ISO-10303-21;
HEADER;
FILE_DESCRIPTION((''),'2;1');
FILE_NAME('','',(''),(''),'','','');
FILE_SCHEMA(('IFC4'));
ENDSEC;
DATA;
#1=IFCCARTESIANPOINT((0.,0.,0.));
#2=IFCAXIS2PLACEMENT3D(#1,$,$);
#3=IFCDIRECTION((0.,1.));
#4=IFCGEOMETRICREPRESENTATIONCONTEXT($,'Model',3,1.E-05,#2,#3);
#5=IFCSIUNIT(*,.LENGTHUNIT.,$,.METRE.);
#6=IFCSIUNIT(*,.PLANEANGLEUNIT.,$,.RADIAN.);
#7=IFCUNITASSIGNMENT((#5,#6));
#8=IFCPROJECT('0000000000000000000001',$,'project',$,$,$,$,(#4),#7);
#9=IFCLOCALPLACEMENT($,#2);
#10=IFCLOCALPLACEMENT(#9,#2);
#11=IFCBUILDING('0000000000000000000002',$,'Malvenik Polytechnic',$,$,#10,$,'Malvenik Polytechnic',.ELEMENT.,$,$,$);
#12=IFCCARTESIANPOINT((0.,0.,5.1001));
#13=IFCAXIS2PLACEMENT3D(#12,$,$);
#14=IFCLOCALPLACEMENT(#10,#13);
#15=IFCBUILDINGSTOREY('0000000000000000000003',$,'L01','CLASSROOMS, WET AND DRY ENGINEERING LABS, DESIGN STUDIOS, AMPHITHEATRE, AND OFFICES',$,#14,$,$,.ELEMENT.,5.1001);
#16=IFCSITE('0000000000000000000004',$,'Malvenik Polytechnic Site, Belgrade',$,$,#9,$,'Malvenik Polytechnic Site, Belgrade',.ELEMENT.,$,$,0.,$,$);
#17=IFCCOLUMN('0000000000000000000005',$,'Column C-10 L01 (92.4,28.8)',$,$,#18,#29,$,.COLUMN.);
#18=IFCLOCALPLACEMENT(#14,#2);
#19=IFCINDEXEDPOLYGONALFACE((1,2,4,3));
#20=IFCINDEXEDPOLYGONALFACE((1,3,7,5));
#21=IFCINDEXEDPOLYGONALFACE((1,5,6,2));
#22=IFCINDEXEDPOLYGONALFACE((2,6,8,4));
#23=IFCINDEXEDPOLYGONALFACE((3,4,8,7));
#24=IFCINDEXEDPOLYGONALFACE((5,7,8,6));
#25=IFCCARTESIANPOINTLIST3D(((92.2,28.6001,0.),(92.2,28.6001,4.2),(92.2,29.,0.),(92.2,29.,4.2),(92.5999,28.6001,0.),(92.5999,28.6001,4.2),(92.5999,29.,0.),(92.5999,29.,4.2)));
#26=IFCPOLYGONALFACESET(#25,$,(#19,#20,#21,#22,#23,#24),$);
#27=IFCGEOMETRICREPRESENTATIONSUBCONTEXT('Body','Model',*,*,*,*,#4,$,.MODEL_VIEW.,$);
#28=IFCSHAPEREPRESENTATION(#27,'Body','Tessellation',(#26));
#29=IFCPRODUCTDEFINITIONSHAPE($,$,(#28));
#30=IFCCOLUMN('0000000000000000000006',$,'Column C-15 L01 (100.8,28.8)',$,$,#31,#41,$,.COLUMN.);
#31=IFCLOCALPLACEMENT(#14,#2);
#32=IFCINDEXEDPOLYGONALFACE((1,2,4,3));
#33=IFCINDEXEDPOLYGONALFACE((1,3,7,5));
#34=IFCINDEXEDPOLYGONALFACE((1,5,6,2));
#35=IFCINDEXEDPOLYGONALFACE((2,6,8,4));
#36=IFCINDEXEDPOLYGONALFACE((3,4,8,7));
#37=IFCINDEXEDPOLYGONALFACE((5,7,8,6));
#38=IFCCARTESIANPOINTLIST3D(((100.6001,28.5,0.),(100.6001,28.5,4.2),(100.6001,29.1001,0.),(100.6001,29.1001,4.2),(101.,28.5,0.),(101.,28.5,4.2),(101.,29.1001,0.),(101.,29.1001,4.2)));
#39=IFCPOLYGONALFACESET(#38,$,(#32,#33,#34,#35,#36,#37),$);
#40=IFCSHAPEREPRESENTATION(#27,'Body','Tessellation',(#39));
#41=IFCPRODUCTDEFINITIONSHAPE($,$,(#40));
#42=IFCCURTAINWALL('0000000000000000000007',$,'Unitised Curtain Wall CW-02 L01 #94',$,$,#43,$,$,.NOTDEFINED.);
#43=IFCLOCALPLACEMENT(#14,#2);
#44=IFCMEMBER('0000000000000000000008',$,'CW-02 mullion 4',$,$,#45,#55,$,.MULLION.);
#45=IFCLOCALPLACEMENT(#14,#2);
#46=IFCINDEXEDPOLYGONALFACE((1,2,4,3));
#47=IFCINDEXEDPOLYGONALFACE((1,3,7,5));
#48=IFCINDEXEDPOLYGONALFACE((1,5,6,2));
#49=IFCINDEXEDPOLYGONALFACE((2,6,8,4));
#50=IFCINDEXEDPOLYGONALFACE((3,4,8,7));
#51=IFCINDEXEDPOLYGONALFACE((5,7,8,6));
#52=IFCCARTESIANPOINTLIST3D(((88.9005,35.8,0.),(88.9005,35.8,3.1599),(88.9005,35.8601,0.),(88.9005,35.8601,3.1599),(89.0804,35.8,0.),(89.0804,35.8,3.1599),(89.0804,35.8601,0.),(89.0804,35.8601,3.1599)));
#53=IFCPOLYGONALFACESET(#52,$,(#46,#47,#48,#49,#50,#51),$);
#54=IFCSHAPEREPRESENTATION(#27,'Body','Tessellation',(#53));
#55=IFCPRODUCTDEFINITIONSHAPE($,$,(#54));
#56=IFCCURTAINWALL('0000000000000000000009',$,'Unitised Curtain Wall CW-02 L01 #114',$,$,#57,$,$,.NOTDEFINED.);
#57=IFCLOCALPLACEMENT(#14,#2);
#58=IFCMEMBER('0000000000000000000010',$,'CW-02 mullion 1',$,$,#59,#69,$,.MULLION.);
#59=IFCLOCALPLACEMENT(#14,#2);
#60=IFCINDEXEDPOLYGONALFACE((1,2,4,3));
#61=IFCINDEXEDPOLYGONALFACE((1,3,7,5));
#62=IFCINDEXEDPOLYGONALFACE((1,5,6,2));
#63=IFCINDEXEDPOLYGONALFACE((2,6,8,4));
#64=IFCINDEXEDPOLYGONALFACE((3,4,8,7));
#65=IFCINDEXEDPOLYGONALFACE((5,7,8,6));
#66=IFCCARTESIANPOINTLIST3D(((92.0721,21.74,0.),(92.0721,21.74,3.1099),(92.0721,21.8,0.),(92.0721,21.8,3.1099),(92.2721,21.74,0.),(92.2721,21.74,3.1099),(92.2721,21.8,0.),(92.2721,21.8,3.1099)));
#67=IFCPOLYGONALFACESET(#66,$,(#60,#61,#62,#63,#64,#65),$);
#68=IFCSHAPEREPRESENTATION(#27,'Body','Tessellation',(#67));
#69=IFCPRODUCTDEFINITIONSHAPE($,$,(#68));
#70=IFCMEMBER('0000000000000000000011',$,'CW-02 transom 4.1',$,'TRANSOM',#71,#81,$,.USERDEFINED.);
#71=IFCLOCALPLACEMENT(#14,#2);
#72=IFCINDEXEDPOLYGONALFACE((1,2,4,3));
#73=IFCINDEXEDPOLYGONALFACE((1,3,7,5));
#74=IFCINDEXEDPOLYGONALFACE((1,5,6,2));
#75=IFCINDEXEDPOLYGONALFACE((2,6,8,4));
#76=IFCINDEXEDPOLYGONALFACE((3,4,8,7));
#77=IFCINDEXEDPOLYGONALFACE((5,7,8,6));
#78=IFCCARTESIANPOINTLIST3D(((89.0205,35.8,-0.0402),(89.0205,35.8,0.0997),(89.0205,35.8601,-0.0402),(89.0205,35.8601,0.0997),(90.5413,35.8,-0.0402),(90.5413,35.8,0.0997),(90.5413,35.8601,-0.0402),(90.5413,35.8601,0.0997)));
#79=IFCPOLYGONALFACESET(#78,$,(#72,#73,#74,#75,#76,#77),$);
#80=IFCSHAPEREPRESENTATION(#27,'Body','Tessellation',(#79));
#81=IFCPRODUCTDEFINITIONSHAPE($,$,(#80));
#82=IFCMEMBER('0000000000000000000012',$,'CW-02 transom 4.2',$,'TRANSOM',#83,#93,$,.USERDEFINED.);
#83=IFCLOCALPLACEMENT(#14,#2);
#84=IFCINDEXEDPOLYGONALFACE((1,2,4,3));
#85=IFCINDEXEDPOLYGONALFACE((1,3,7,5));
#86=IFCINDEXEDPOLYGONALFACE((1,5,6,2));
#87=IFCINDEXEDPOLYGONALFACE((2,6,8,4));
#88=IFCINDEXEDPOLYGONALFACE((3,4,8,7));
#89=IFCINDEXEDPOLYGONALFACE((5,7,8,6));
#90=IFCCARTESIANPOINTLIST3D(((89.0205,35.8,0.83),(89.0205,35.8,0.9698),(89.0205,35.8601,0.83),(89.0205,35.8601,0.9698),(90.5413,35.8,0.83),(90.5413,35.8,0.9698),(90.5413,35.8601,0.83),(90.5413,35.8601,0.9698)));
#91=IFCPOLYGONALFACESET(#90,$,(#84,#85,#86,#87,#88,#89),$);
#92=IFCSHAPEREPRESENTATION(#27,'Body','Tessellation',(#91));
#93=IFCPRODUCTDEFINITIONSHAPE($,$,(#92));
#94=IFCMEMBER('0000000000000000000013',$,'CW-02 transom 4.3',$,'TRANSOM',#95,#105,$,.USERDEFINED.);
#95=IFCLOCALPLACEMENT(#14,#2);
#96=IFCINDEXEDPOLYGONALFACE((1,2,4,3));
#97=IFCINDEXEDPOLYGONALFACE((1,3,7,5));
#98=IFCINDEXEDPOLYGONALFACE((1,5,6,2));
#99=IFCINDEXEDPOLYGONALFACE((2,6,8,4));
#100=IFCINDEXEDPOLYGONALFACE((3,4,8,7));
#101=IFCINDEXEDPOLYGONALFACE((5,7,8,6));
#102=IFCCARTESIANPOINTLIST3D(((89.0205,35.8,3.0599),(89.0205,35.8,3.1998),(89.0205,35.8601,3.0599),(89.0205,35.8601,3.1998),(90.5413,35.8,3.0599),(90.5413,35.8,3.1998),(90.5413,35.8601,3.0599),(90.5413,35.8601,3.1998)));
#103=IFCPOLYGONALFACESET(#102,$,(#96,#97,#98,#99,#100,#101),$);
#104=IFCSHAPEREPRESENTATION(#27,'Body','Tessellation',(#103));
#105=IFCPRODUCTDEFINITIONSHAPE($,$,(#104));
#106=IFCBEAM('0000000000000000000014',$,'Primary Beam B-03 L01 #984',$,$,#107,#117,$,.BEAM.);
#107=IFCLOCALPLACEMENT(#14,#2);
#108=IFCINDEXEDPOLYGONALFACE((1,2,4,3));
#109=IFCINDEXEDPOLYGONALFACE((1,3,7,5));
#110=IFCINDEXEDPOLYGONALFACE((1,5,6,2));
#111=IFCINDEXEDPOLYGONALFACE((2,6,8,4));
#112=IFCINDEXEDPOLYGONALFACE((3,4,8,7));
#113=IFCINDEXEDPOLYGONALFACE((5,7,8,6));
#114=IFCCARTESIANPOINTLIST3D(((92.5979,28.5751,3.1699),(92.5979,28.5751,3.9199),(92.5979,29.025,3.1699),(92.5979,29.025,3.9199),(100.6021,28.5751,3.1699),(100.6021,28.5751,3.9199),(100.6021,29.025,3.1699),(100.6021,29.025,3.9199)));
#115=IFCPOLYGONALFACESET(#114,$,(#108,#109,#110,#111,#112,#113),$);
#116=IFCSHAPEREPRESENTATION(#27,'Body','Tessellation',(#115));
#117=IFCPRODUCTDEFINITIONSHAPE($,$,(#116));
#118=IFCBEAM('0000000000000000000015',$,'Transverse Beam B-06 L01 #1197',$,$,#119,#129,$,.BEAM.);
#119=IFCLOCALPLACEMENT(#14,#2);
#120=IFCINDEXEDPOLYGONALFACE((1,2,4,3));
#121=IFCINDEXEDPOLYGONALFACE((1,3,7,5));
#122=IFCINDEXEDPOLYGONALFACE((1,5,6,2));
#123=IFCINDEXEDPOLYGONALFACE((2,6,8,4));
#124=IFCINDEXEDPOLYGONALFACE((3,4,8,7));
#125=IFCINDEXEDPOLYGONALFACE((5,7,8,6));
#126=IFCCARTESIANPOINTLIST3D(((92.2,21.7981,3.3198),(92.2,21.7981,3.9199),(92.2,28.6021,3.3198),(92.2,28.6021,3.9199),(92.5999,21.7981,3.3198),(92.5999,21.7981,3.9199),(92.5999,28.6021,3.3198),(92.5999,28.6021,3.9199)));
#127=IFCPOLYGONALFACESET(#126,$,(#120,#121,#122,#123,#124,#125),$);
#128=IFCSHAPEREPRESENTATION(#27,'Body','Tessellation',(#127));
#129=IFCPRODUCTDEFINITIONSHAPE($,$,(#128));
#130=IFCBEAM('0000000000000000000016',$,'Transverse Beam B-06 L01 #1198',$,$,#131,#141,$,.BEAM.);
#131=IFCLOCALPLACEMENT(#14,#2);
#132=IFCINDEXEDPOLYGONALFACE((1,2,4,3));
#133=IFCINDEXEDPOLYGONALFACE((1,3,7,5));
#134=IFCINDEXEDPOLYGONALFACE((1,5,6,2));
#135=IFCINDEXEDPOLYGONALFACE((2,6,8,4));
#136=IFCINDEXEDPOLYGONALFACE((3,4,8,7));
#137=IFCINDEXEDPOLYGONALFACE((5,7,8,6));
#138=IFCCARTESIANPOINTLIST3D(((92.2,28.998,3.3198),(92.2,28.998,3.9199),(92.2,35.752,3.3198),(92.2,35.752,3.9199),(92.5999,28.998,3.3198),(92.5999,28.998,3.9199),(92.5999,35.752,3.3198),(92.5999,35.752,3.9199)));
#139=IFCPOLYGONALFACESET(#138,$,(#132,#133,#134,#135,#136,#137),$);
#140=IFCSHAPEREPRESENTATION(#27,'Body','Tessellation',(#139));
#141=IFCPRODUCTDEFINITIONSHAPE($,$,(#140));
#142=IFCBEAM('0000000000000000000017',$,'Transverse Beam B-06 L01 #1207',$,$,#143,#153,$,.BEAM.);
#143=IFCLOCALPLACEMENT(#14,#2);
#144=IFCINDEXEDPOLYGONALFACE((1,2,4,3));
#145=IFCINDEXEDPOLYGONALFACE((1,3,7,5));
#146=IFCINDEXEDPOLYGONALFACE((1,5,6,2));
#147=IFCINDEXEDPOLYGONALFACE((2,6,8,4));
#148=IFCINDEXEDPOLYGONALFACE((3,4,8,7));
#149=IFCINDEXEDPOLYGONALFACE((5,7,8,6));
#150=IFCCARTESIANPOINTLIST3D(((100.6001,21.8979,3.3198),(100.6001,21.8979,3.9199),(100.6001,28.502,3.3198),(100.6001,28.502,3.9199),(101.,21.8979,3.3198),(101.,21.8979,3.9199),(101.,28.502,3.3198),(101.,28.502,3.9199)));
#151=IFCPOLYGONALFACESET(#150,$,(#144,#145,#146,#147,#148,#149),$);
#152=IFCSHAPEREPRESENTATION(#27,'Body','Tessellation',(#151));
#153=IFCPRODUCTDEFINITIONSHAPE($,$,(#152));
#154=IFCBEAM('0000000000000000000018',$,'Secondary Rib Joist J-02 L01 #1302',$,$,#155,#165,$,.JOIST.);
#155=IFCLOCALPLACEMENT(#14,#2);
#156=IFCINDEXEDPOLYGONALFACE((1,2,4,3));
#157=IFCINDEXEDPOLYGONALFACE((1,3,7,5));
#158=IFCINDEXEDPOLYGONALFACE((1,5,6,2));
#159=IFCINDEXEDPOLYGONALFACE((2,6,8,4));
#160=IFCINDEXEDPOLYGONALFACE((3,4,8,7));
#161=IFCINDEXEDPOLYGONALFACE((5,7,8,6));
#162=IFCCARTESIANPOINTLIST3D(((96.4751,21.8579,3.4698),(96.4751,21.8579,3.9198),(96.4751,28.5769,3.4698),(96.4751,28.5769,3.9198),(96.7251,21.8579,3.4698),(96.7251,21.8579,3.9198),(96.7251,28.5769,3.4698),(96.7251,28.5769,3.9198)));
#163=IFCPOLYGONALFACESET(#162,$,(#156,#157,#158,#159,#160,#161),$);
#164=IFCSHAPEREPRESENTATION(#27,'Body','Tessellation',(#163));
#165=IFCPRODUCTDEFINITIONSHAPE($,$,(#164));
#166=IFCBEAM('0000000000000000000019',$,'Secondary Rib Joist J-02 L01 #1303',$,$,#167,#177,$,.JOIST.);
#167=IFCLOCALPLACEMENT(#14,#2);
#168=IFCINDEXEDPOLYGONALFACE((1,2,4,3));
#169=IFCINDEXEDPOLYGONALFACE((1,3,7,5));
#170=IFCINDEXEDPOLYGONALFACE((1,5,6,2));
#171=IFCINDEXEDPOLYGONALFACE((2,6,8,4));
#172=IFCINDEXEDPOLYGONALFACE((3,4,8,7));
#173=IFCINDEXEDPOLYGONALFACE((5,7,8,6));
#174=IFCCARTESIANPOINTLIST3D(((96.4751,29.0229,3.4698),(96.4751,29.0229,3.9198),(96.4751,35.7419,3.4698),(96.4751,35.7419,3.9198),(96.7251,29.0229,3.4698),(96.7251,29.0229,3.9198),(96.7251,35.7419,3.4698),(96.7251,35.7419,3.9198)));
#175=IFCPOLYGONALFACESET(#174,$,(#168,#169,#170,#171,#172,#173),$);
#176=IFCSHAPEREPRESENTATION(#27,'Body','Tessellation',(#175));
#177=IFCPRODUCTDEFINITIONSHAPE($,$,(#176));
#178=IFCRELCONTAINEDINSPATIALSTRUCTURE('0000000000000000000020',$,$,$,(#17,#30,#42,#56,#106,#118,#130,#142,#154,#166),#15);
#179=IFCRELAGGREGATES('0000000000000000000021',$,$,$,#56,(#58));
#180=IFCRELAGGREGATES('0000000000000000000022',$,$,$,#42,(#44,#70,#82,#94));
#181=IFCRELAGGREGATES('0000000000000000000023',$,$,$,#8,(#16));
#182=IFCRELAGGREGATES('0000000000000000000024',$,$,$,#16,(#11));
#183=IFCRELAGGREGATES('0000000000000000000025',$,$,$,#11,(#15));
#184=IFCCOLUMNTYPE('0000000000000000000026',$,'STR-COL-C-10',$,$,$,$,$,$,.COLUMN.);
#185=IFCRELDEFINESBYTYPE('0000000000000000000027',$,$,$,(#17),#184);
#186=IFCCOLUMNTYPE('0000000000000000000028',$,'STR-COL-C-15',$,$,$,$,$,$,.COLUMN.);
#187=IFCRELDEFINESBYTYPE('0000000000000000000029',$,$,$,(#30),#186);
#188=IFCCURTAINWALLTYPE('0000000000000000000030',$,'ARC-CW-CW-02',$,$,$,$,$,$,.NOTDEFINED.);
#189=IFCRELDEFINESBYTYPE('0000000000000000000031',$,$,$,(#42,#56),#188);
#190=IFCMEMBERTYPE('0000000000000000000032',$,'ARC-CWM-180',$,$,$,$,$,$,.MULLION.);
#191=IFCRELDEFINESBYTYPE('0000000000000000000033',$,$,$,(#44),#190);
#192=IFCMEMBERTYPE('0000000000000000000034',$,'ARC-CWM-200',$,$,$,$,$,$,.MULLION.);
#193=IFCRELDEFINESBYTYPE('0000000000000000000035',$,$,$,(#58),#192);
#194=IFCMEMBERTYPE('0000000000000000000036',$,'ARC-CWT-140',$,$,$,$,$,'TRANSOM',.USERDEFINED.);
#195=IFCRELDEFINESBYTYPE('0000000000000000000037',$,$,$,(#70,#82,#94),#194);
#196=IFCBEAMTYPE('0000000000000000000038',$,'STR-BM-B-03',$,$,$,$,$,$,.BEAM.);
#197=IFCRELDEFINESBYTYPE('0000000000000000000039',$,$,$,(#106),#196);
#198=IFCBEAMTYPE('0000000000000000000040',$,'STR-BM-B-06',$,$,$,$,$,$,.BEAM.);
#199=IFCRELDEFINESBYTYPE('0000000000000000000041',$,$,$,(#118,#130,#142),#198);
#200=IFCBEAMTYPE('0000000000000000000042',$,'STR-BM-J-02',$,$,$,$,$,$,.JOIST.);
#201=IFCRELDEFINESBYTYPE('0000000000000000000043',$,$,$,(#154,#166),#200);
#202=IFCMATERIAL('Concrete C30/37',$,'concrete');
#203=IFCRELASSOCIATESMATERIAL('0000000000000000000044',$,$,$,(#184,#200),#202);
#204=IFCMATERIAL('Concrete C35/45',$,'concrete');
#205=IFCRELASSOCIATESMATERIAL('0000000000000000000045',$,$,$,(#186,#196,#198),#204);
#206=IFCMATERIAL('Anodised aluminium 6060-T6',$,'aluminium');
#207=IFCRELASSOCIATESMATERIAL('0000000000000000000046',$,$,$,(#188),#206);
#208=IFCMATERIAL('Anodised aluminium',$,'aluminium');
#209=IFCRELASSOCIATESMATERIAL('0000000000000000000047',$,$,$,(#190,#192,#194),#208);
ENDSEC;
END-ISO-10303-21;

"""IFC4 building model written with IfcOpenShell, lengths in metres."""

from ifc_helpers import new_model, si_unit, direction, frame, origin, origin_2d, place, context, subcontext, project, spatial, rectangle, extrude, material, material_profile, profile_set, type_object, element, aggregate, save


model = new_model("IFC4")

# Units and contexts
model_context = context("Model", 3, precision=1e-05, world=origin(), true_north=direction((0.0, 1.0)))
body_context = subcontext(model_context, "Body", "Model", "MODEL_VIEW")
ifc_project = project(units=[si_unit("LENGTHUNIT", "METRE"), si_unit("PLANEANGLEUNIT", "RADIAN")], contexts=[model_context])

# Site, building, storey
site_placement = place(None, origin())
site = spatial("IfcSite", under=ifc_project, at=site_placement, Name="Malvenik Polytechnic Site, Belgrade", LongName="Malvenik Polytechnic Site, Belgrade", CompositionType="ELEMENT", RefElevation=0.0)
building_placement = place(site_placement, origin())
building = spatial("IfcBuilding", under=site, at=building_placement, Name="Malvenik Polytechnic", LongName="Malvenik Polytechnic", CompositionType="ELEMENT")
storey_placement = place(building_placement, frame((0.0, 0.0, 5.1001)))
storey = spatial("IfcBuildingStorey", under=building, at=storey_placement, Name="L01", Description="CLASSROOMS, WET AND DRY ENGINEERING LABS, DESIGN STUDIOS, AMPHITHEATRE, AND OFFICES", CompositionType="ELEMENT", Elevation=5.1001)

# Columns
ifc_material_1 = material(Name="Concrete C30/37", Category="concrete")
ifc_material_profile_1 = material_profile(ifc_material_1, rectangle(XDim=0.3999, YDim=0.3999, at=origin_2d()), Name="RC COL 400x400")
ifc_profile_set_1 = profile_set([ifc_material_profile_1], Name="Concrete C30/37")
column_type_1 = type_object("IfcColumnType", Name="STR-COL-C-10", PredefinedType="COLUMN", material=ifc_profile_set_1)
column_1_placement = place(storey_placement, frame((92.3999, 28.8, 0.0), z_axis=(0.0, 0.0, 1.0), x_axis=(1.0, 0.0, 0.0)))
element("IfcColumn", 1, at=column_1_placement, inside=storey, type_object=column_type_1, Name="Column C-10 L01 (92.4,28.8)", PredefinedType="COLUMN", context=body_context, shape_type="SweptSolid", body=[
    extrude(rectangle(XDim=0.3999, YDim=0.3999, at=origin_2d()), origin(), (0.0, 0.0, 1.0), 4.2),
])
ifc_material_2 = material(Name="Concrete C35/45", Category="concrete")
ifc_material_profile_2 = material_profile(ifc_material_2, rectangle(XDim=0.3999, YDim=0.6001, at=origin_2d()), Name="RC COL 600x400")
ifc_profile_set_2 = profile_set([ifc_material_profile_2], Name="Concrete C35/45")
column_type_2 = type_object("IfcColumnType", Name="STR-COL-C-15", PredefinedType="COLUMN", material=ifc_profile_set_2)
column_2_placement = place(storey_placement, frame((100.8, 28.8, 0.0), z_axis=(0.0, 0.0, 1.0), x_axis=(1.0, 0.0, 0.0)))
element("IfcColumn", 2, at=column_2_placement, inside=storey, type_object=column_type_2, Name="Column C-15 L01 (100.8,28.8)", PredefinedType="COLUMN", context=body_context, shape_type="SweptSolid", body=[
    extrude(rectangle(XDim=0.3999, YDim=0.6001, at=origin_2d()), origin(), (0.0, 0.0, 1.0), 4.2),
])

# Curtain walls, members
ifc_material_3 = material(Name="Anodised aluminium 6060-T6", Category="aluminium")
curtain_wall_type = type_object("IfcCurtainWallType", Name="ARC-CW-CW-02", PredefinedType="NOTDEFINED", material=ifc_material_3)
curtain_wall_1_placement = place(storey_placement, origin())
curtain_wall_1 = element("IfcCurtainWall", 3, at=curtain_wall_1_placement, inside=storey, type_object=curtain_wall_type, Name="Unitised Curtain Wall CW-02 L01 #94", PredefinedType="NOTDEFINED")
ifc_material_4 = material(Name="Anodised aluminium", Category="aluminium")
ifc_material_profile_3 = material_profile(ifc_material_4, rectangle(XDim=0.0601, YDim=0.1799, at=origin_2d()), Name="ALU MULLION 60x180")
ifc_profile_set_3 = profile_set([ifc_material_profile_3], Name="Anodised aluminium")
member_type_1 = type_object("IfcMemberType", Name="ARC-CWM-180", PredefinedType="MULLION", material=ifc_profile_set_3)
member_1_placement = place(storey_placement, frame((88.9905, 35.8301, 0.0), z_axis=(0.0, 0.0, 1.0), x_axis=(0.0, 1.0, 0.0)))
member_1 = element("IfcMember", 4, at=member_1_placement, type_object=member_type_1, Name="CW-02 mullion 4", PredefinedType="MULLION", context=body_context, shape_type="SweptSolid", body=[
    extrude(rectangle(XDim=0.0601, YDim=0.1799, at=origin_2d()), origin(), (0.0, 0.0, 1.0), 3.1599),
])
curtain_wall_2_placement = place(storey_placement, origin())
curtain_wall_2 = element("IfcCurtainWall", 5, at=curtain_wall_2_placement, inside=storey, type_object=curtain_wall_type, Name="Unitised Curtain Wall CW-02 L01 #114", PredefinedType="NOTDEFINED")
ifc_material_profile_4 = material_profile(ifc_material_4, rectangle(XDim=0.0601, YDim=0.2, at=origin_2d()), Name="ALU MULLION 60x200")
ifc_profile_set_4 = profile_set([ifc_material_profile_4], Name="Anodised aluminium")
member_type_2 = type_object("IfcMemberType", Name="ARC-CWM-200", PredefinedType="MULLION", material=ifc_profile_set_4)
member_2_placement = place(storey_placement, frame((92.1721, 21.77, 0.0), z_axis=(0.0, 0.0, 1.0), x_axis=(0.0, -1.0, 0.0)))
member_2 = element("IfcMember", 6, at=member_2_placement, type_object=member_type_2, Name="CW-02 mullion 1", PredefinedType="MULLION", context=body_context, shape_type="SweptSolid", body=[
    extrude(rectangle(XDim=0.0601, YDim=0.2, at=origin_2d()), origin(), (0.0, 0.0, 1.0), 3.1099),
])
aggregate(curtain_wall_2, [member_2])

# Members
ifc_material_profile_5 = material_profile(ifc_material_4, rectangle(XDim=0.0601, YDim=0.1399, at=origin_2d()), Name="ALU TRANSOM 60x140")
ifc_profile_set_5 = profile_set([ifc_material_profile_5], Name="Anodised aluminium")
member_type_3 = type_object("IfcMemberType", Name="ARC-CWT-140", ElementType="TRANSOM", PredefinedType="USERDEFINED", material=ifc_profile_set_5)
member_3_placement = place(storey_placement, frame((89.0205, 35.8301, 0.0298), z_axis=(1.0, 0.0, 0.0), x_axis=(0.0, 1.0, 0.0)))
member_3 = element("IfcMember", 7, at=member_3_placement, type_object=member_type_3, Name="CW-02 transom 4.1", ObjectType="TRANSOM", PredefinedType="USERDEFINED", context=body_context, shape_type="SweptSolid", body=[
    extrude(rectangle(XDim=0.0601, YDim=0.1399, at=origin_2d()), origin(), (0.0, 0.0, 1.0), 1.5208),
])
member_4_placement = place(storey_placement, frame((89.0205, 35.8301, 0.8999), z_axis=(1.0, 0.0, 0.0), x_axis=(0.0, 1.0, 0.0)))
member_4 = element("IfcMember", 8, at=member_4_placement, type_object=member_type_3, Name="CW-02 transom 4.2", ObjectType="TRANSOM", PredefinedType="USERDEFINED", context=body_context, shape_type="SweptSolid", body=[
    extrude(rectangle(XDim=0.0601, YDim=0.1399, at=origin_2d()), origin(), (0.0, 0.0, 1.0), 1.5208),
])
member_5_placement = place(storey_placement, frame((89.0205, 35.8301, 3.1299), z_axis=(1.0, 0.0, 0.0), x_axis=(0.0, 1.0, 0.0)))
member_5 = element("IfcMember", 9, at=member_5_placement, type_object=member_type_3, Name="CW-02 transom 4.3", ObjectType="TRANSOM", PredefinedType="USERDEFINED", context=body_context, shape_type="SweptSolid", body=[
    extrude(rectangle(XDim=0.0601, YDim=0.1399, at=origin_2d()), origin(), (0.0, 0.0, 1.0), 1.5208),
])

# Beams
ifc_material_profile_6 = material_profile(ifc_material_2, rectangle(XDim=0.45, YDim=0.75, at=origin_2d()), Name="RC BM 450x750")
ifc_profile_set_6 = profile_set([ifc_material_profile_6], Name="Concrete C35/45")
beam_type_1 = type_object("IfcBeamType", Name="STR-BM-B-03", PredefinedType="BEAM", material=ifc_profile_set_6)
beam_1_placement = place(storey_placement, frame((92.5979, 28.8, 3.5449), z_axis=(1.0, 0.0, 0.0), x_axis=(0.0, 1.0, 0.0)))
element("IfcBeam", 10, at=beam_1_placement, inside=storey, type_object=beam_type_1, Name="Primary Beam B-03 L01 #984", PredefinedType="BEAM", context=body_context, shape_type="SweptSolid", body=[
    extrude(rectangle(XDim=0.45, YDim=0.75, at=origin_2d()), origin(), (0.0, 0.0, 1.0), 8.0042),
])
ifc_material_profile_7 = material_profile(ifc_material_2, rectangle(XDim=0.3999, YDim=0.6001, at=origin_2d()), Name="RC BM 400x600")
ifc_profile_set_7 = profile_set([ifc_material_profile_7], Name="Concrete C35/45")
beam_type_2 = type_object("IfcBeamType", Name="STR-BM-B-06", PredefinedType="BEAM", material=ifc_profile_set_7)
beam_2_placement = place(storey_placement, frame((92.3999, 21.7981, 3.6199), z_axis=(0.0, 1.0, 0.0), x_axis=(-1.0, 0.0, 0.0)))
element("IfcBeam", 11, at=beam_2_placement, inside=storey, type_object=beam_type_2, Name="Transverse Beam B-06 L01 #1197", PredefinedType="BEAM", context=body_context, shape_type="SweptSolid", body=[
    extrude(rectangle(XDim=0.3999, YDim=0.6001, at=origin_2d()), origin(), (0.0, 0.0, 1.0), 6.804),
])
beam_3_placement = place(storey_placement, frame((92.3999, 28.998, 3.6199), z_axis=(0.0, 1.0, 0.0), x_axis=(-1.0, 0.0, 0.0)))
element("IfcBeam", 12, at=beam_3_placement, inside=storey, type_object=beam_type_2, Name="Transverse Beam B-06 L01 #1198", PredefinedType="BEAM", context=body_context, shape_type="SweptSolid", body=[
    extrude(rectangle(XDim=0.3999, YDim=0.6001, at=origin_2d()), origin(), (0.0, 0.0, 1.0), 6.7539),
])
beam_4_placement = place(storey_placement, frame((100.8, 21.8979, 3.6199), z_axis=(0.0, 1.0, 0.0), x_axis=(-1.0, 0.0, 0.0)))
element("IfcBeam", 13, at=beam_4_placement, inside=storey, type_object=beam_type_2, Name="Transverse Beam B-06 L01 #1207", PredefinedType="BEAM", context=body_context, shape_type="SweptSolid", body=[
    extrude(rectangle(XDim=0.3999, YDim=0.6001, at=origin_2d()), origin(), (0.0, 0.0, 1.0), 6.604),
])
ifc_material_profile_8 = material_profile(ifc_material_1, rectangle(XDim=0.25, YDim=0.45, at=origin_2d()), Name="RC JST 250x450")
ifc_profile_set_8 = profile_set([ifc_material_profile_8], Name="Concrete C30/37")
beam_type_3 = type_object("IfcBeamType", Name="STR-BM-J-02", PredefinedType="JOIST", material=ifc_profile_set_8)
for number, where, z_axis, x_axis, name in (
    (14, (96.6001, 21.8579, 3.6948), (0.0, 1.0, 0.0), (-1.0, 0.0, 0.0), "Secondary Rib Joist J-02 L01 #1302"),
    (15, (96.6001, 29.0229, 3.6948), (0.0, 1.0, 0.0), (-1.0, 0.0, 0.0), "Secondary Rib Joist J-02 L01 #1303"),
):
    element("IfcBeam", number, at=place(storey_placement, frame(where, z_axis=z_axis, x_axis=x_axis)), inside=storey, type_object=beam_type_3, Name=name, PredefinedType="JOIST", context=body_context, shape_type="SweptSolid", body=[
        extrude(rectangle(XDim=0.25, YDim=0.45, at=origin_2d()), origin(), (0.0, 0.0, 1.0), 6.719),
    ])

aggregate(curtain_wall_1, [member_1, member_3, member_4, member_5])

save(model, "model.ifc")
